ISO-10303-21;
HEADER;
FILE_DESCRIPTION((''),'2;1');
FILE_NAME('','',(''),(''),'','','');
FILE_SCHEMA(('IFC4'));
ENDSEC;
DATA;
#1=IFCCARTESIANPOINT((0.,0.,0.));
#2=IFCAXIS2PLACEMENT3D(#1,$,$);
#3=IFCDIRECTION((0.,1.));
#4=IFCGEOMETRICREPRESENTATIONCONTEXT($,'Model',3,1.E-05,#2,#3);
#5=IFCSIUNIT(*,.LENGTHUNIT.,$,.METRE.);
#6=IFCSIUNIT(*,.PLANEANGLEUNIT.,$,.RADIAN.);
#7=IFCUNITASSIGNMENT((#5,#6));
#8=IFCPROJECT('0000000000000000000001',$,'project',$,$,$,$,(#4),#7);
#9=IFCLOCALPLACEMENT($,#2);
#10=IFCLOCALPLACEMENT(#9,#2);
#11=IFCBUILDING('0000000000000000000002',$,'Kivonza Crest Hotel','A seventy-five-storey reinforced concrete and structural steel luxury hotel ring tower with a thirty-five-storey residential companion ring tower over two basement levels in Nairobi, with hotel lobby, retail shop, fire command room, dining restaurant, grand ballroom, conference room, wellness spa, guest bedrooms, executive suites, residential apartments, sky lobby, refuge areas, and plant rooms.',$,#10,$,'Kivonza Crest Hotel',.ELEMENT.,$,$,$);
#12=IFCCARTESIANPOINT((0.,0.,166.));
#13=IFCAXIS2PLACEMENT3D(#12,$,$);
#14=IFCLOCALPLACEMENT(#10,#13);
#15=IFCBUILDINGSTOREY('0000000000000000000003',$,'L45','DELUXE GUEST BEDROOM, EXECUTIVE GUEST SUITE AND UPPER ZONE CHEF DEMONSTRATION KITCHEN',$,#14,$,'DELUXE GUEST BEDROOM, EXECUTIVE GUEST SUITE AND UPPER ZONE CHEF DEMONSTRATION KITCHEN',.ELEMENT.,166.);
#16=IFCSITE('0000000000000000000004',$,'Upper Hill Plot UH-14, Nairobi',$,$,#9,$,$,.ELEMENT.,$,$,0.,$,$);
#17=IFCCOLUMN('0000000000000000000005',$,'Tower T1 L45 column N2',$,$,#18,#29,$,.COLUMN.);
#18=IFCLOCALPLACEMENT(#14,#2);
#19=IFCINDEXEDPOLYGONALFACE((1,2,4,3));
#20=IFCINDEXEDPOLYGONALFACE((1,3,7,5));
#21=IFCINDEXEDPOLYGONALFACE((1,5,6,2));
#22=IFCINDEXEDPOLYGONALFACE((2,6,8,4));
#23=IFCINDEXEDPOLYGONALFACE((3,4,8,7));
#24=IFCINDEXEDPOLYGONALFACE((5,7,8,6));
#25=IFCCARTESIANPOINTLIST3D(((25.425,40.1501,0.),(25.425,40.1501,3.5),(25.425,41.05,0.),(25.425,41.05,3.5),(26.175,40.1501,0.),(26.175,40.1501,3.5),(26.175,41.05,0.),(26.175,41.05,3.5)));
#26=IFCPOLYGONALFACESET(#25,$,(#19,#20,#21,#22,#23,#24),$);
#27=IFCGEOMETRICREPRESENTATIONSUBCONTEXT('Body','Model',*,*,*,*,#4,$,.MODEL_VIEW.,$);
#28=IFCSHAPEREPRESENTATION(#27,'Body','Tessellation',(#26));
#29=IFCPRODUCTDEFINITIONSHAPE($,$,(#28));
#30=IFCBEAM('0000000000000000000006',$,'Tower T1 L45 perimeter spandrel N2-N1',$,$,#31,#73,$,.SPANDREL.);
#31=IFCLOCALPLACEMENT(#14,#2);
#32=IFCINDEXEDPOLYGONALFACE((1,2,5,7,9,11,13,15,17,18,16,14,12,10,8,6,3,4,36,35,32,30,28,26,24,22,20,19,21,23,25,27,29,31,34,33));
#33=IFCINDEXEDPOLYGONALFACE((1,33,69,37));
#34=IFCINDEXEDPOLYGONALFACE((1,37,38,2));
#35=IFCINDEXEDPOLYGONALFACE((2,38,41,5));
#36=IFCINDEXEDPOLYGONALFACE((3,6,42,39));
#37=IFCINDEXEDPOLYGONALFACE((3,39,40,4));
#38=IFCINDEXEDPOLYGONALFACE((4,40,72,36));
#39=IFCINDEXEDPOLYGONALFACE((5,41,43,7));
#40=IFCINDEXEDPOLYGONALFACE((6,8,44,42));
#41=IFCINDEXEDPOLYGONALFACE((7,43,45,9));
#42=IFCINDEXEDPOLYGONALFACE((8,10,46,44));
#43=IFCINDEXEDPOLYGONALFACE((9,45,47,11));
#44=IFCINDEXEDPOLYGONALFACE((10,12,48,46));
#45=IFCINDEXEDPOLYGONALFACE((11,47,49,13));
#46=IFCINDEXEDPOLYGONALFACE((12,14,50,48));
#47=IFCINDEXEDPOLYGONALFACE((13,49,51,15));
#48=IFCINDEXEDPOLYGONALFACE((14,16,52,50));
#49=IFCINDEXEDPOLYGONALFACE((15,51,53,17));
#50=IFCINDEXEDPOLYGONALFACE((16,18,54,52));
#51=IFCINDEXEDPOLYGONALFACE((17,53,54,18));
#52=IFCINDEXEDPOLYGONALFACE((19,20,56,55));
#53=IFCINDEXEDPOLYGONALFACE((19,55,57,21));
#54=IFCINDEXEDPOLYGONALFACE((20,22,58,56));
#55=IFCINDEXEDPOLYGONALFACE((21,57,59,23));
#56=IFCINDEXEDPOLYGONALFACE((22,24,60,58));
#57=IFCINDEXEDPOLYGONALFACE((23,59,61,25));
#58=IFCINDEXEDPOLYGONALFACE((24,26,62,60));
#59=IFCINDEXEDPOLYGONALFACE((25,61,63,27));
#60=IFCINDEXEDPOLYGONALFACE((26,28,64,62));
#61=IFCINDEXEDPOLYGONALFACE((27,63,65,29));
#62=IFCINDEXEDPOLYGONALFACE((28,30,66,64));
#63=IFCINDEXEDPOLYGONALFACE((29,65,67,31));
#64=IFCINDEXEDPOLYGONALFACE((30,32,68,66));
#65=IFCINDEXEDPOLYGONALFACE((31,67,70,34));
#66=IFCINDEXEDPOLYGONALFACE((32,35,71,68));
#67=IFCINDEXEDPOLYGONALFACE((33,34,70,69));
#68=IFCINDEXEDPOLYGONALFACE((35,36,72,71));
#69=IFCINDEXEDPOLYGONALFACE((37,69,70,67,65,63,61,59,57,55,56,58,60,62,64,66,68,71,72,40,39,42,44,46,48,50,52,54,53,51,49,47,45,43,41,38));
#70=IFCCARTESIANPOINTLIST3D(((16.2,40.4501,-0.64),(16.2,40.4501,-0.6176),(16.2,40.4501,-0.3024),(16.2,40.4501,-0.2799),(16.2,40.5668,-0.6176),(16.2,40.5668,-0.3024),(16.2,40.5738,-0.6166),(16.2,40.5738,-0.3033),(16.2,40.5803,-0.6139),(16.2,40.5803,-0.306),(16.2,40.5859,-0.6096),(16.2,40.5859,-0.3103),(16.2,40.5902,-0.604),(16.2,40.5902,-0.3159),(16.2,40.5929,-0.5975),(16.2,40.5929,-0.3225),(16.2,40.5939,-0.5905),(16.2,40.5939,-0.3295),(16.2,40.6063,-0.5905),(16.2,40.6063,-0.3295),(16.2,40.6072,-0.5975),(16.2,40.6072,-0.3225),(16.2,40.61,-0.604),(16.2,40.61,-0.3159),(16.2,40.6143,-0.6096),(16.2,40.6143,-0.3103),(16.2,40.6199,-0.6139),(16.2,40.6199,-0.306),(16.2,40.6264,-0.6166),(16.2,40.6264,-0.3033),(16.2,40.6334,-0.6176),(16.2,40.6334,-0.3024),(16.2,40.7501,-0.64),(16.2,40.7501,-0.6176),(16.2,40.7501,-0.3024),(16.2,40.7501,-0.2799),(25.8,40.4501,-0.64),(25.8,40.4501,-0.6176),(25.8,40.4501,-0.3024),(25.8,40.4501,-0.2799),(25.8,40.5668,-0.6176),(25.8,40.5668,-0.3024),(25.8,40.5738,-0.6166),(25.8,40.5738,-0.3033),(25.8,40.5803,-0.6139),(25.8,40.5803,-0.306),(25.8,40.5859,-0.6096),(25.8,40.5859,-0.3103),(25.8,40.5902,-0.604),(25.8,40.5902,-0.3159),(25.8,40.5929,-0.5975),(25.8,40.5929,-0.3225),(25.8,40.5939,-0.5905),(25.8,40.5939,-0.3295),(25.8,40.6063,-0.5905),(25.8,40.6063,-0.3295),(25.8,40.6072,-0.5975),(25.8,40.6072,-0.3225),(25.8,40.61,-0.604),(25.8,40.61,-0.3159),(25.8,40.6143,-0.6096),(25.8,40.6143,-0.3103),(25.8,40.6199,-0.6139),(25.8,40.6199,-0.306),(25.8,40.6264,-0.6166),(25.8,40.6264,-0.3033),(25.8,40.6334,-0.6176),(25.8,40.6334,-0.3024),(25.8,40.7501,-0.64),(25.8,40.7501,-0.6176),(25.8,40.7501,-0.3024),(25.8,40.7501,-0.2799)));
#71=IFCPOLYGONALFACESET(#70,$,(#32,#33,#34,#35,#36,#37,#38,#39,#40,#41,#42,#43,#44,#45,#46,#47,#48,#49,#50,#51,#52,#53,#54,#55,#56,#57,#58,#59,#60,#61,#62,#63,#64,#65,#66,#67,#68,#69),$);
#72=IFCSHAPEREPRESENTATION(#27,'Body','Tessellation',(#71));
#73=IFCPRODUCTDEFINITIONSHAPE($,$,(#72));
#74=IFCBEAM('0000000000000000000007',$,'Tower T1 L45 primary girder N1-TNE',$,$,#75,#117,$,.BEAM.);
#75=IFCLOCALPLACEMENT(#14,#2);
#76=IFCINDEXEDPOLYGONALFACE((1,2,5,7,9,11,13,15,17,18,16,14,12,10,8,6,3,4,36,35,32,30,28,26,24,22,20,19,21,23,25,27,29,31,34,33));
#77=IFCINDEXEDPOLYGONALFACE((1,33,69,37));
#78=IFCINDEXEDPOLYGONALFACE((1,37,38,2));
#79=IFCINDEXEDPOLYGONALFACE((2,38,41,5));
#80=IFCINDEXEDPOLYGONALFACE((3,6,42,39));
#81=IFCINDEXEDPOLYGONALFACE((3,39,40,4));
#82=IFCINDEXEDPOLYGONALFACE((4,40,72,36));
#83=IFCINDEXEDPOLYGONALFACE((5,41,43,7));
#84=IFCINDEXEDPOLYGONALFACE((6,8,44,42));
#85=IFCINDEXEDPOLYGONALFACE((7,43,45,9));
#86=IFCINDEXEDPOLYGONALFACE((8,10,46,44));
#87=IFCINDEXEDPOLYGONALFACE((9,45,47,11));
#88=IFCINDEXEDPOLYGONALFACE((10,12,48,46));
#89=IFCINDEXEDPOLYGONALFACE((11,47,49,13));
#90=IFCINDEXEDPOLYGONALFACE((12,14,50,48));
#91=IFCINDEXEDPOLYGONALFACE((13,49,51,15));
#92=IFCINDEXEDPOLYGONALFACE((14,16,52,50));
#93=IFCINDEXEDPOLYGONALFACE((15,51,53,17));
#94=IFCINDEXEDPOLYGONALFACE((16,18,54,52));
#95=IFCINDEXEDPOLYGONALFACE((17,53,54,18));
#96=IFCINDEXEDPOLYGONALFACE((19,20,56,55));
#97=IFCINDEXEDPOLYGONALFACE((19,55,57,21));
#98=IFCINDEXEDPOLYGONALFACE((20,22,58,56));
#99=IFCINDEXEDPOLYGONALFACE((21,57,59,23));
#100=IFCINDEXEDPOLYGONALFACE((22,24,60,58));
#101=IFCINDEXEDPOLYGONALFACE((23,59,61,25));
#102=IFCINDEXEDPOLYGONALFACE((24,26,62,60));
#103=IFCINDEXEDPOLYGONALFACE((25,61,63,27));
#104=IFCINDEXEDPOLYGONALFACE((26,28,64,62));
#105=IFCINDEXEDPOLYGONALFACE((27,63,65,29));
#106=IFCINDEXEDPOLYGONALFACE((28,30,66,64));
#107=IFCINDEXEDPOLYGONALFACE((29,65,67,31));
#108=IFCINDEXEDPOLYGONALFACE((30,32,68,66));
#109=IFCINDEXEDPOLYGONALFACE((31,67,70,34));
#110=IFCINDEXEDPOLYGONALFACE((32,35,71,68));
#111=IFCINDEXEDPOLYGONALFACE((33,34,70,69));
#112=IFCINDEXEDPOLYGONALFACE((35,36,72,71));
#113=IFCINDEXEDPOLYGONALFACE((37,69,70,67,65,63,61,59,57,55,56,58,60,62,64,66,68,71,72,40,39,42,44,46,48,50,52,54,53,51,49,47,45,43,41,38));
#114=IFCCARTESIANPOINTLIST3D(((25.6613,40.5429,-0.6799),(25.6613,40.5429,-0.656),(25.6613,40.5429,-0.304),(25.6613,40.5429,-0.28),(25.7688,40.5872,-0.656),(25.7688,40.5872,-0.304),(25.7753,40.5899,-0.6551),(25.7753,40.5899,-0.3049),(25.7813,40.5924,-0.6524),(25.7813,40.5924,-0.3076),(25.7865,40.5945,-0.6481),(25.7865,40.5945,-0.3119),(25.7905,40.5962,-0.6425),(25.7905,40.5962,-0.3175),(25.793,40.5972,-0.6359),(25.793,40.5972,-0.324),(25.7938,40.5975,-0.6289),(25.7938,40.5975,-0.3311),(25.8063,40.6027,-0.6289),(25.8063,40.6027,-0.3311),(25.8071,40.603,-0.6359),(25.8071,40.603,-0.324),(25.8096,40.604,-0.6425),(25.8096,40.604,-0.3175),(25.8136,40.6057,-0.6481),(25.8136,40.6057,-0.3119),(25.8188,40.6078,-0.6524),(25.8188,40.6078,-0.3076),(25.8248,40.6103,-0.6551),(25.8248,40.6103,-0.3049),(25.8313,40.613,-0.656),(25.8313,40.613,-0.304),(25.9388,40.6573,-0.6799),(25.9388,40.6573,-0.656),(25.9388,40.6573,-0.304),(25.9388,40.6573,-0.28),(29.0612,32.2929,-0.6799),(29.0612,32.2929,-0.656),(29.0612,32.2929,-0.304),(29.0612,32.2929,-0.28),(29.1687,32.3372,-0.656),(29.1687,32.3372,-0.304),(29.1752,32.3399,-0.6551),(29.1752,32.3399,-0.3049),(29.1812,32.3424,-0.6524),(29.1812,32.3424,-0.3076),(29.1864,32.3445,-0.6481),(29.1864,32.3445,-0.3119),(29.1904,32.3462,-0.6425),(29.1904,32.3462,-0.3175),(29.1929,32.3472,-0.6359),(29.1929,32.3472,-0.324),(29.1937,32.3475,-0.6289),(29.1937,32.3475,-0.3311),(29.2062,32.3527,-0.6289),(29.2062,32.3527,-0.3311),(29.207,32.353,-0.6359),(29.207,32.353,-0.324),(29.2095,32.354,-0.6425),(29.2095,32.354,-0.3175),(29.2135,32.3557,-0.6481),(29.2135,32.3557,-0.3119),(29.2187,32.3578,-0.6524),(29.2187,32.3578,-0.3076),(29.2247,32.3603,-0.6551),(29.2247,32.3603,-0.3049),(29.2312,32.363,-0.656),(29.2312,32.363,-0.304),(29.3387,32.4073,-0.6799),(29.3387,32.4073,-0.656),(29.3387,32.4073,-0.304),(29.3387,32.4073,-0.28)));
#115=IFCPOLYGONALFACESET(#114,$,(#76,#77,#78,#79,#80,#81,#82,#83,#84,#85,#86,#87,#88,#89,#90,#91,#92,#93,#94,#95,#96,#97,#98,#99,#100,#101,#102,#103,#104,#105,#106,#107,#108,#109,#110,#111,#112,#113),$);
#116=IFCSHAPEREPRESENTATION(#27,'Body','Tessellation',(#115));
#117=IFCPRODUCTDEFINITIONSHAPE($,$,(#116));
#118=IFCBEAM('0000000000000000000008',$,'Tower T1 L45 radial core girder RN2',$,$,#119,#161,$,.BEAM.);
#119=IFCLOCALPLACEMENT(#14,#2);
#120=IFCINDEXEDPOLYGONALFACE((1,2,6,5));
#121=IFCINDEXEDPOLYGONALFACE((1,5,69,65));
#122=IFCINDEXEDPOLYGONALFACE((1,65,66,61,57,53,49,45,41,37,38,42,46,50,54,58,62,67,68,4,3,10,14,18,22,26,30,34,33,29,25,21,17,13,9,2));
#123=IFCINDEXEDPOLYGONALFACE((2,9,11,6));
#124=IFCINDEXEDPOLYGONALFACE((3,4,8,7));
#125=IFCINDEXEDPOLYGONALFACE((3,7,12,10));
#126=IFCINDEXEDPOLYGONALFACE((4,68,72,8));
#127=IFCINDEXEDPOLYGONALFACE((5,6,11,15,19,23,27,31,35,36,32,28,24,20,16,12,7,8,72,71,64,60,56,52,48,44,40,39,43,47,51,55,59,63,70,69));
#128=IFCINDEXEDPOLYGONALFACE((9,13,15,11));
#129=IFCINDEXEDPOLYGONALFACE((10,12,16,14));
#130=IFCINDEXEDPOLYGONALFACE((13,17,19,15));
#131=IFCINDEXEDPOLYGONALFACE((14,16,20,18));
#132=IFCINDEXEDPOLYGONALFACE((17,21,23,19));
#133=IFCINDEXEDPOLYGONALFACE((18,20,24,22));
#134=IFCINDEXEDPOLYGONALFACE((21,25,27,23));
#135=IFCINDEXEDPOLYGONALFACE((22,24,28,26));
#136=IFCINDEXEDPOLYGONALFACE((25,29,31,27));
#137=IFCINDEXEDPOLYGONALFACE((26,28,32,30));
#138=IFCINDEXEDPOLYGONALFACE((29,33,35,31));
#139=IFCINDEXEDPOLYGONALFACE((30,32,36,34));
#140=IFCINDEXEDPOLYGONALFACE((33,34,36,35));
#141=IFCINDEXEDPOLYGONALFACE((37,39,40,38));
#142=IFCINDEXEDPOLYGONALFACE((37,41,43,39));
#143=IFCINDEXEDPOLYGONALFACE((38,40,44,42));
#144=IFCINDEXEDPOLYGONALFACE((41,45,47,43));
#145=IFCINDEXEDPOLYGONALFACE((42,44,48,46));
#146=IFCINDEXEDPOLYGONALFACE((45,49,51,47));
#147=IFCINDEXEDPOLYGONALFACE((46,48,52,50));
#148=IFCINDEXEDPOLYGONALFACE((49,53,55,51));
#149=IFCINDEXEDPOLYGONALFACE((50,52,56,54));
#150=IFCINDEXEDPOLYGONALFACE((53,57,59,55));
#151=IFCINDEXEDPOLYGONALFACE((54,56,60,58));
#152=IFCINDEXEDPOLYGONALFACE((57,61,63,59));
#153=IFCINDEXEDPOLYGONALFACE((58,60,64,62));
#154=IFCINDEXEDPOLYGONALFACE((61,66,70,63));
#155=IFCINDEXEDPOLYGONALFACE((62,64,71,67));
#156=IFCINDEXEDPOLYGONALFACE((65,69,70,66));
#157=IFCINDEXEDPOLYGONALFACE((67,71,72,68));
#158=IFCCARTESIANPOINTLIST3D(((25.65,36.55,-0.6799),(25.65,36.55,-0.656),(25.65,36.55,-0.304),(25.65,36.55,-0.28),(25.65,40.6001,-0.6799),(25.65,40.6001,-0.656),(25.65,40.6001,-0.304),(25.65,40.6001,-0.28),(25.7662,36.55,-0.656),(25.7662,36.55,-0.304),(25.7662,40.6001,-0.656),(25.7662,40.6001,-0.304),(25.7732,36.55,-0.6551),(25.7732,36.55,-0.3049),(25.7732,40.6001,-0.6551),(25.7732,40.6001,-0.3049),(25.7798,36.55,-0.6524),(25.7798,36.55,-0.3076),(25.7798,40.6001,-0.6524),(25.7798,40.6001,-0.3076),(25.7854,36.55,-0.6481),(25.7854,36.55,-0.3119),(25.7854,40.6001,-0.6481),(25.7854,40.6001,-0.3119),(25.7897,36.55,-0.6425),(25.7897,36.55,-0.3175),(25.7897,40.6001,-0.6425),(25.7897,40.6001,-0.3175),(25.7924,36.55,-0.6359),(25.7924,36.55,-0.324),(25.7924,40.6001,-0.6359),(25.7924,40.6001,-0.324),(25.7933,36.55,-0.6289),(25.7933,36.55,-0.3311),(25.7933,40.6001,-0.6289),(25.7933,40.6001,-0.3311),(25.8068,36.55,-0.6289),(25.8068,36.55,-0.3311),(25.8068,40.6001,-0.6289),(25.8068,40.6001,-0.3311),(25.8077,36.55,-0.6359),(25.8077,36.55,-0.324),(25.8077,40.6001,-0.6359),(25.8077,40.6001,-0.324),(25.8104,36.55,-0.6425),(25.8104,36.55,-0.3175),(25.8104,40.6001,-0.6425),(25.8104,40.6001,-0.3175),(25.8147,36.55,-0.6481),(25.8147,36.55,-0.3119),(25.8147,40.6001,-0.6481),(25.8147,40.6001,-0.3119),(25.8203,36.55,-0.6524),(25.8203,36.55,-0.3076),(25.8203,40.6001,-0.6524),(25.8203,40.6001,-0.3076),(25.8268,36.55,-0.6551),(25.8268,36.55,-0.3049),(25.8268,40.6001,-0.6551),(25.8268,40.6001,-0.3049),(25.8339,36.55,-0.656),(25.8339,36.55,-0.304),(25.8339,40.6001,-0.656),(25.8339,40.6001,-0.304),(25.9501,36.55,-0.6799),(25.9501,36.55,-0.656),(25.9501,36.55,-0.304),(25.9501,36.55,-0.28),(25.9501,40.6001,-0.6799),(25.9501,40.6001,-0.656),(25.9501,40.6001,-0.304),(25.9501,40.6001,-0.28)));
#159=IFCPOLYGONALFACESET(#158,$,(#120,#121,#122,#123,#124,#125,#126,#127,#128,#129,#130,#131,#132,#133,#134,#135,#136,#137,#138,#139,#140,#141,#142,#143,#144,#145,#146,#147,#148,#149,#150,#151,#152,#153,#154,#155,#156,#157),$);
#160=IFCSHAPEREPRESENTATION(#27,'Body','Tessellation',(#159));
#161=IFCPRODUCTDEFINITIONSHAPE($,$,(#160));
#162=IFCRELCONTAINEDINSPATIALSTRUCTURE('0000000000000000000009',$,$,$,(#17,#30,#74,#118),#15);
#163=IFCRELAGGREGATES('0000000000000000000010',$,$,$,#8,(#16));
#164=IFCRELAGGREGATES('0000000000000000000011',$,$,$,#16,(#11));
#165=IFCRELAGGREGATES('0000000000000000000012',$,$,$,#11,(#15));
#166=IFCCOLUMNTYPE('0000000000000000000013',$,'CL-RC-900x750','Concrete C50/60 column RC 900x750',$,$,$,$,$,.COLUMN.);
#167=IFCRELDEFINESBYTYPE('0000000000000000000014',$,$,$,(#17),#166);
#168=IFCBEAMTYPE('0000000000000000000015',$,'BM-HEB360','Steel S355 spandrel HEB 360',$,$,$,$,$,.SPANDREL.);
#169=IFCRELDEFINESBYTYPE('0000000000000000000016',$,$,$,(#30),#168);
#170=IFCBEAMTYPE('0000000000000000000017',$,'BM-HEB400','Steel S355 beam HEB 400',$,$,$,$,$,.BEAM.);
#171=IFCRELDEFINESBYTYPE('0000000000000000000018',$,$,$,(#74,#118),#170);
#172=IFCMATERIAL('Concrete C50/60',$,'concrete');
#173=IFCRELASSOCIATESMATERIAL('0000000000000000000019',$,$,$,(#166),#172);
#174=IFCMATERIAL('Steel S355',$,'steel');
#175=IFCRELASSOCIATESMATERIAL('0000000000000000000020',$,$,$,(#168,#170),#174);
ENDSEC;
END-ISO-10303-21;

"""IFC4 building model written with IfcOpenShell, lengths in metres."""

from ifc_helpers import new_model, si_unit, direction, frame, origin, origin_2d, place, context, subcontext, project, spatial, rectangle, i_section, extrude, material, material_profile, profile_set, type_object, element, save


model = new_model("IFC4")

# Units and contexts
model_context = context("Model", 3, precision=1e-05, world=origin(), true_north=direction((0.0, 1.0)))
body_context = subcontext(model_context, "Body", "Model", "MODEL_VIEW")
ifc_project = project(units=[si_unit("LENGTHUNIT", "METRE"), si_unit("PLANEANGLEUNIT", "RADIAN")], contexts=[model_context])

# Site, building, storey
site_placement = place(None, origin())
site = spatial("IfcSite", under=ifc_project, at=site_placement, Name="Upper Hill Plot UH-14, Nairobi", CompositionType="ELEMENT", RefElevation=0.0)
building_placement = place(site_placement, origin())
building = spatial("IfcBuilding", under=site, at=building_placement, Name="Kivonza Crest Hotel", Description="A seventy-five-storey reinforced concrete and structural steel luxury hotel ring tower with a thirty-five-storey residential companion ring tower over two basement levels in Nairobi, with hotel lobby, retail shop, fire command room, dining restaurant, grand ballroom, conference room, wellness spa, guest bedrooms, executive suites, residential apartments, sky lobby, refuge areas, and plant rooms.", LongName="Kivonza Crest Hotel", CompositionType="ELEMENT")
storey_placement = place(building_placement, frame((0.0, 0.0, 166.0)))
storey = spatial("IfcBuildingStorey", under=building, at=storey_placement, Name="L45", Description="DELUXE GUEST BEDROOM, EXECUTIVE GUEST SUITE AND UPPER ZONE CHEF DEMONSTRATION KITCHEN", LongName="DELUXE GUEST BEDROOM, EXECUTIVE GUEST SUITE AND UPPER ZONE CHEF DEMONSTRATION KITCHEN", CompositionType="ELEMENT", Elevation=166.0)

# Column
ifc_material_1 = material(Name="Concrete C50/60", Category="concrete")
ifc_material_profile_1 = material_profile(ifc_material_1, rectangle(XDim=0.75, YDim=0.8999, at=origin_2d()), Name="RC 900x750")
ifc_profile_set_1 = profile_set([ifc_material_profile_1], Name="Concrete C50/60")
column_type = type_object("IfcColumnType", Name="CL-RC-900x750", Description="Concrete C50/60 column RC 900x750", PredefinedType="COLUMN", material=ifc_profile_set_1)
column_placement = place(storey_placement, frame((25.8, 40.6001, 0.0), z_axis=(0.0, 0.0, 1.0), x_axis=(1.0, 0.0, 0.0)))
element("IfcColumn", 1, at=column_placement, inside=storey, type_object=column_type, Name="Tower T1 L45 column N2", PredefinedType="COLUMN", context=body_context, shape_type="SweptSolid", body=[
    extrude(rectangle(XDim=0.75, YDim=0.8999, at=origin_2d()), origin(), (0.0, 0.0, 1.0), 3.5),
])

# Beams
ifc_material_2 = material(Name="Steel S355", Category="steel")
ifc_material_profile_2 = material_profile(ifc_material_2, i_section(OverallWidth=0.3, OverallDepth=0.3601, WebThickness=0.0125, FlangeThickness=0.0225, FilletRadius=0.0271, at=origin_2d()), Name="HEB 360")
ifc_profile_set_2 = profile_set([ifc_material_profile_2], Name="Steel S355")
beam_type_1 = type_object("IfcBeamType", Name="BM-HEB360", Description="Steel S355 spandrel HEB 360", PredefinedType="SPANDREL", material=ifc_profile_set_2)
beam_1_placement = place(storey_placement, frame((25.8, 40.6001, -0.46), z_axis=(-1.0, 0.0, 0.0), x_axis=(0.0, -1.0, 0.0)))
element("IfcBeam", 2, at=beam_1_placement, inside=storey, type_object=beam_type_1, Name="Tower T1 L45 perimeter spandrel N2-N1", PredefinedType="SPANDREL", context=body_context, shape_type="SweptSolid", body=[
    extrude(i_section(OverallWidth=0.3, OverallDepth=0.3601, WebThickness=0.0125, FlangeThickness=0.0225, FilletRadius=0.0271, at=origin_2d()), origin(), (0.0, 0.0, 1.0), 9.6001),
])
ifc_material_profile_3 = material_profile(ifc_material_2, i_section(OverallWidth=0.3, OverallDepth=0.3999, WebThickness=0.0134, FlangeThickness=0.0239, FilletRadius=0.0271, at=origin_2d()), Name="HEB 400")
ifc_profile_set_3 = profile_set([ifc_material_profile_3], Name="Steel S355")
beam_type_2 = type_object("IfcBeamType", Name="BM-HEB400", Description="Steel S355 beam HEB 400", PredefinedType="BEAM", material=ifc_profile_set_3)
beam_2_placement = place(storey_placement, frame((25.8, 40.6001, -0.48), z_axis=(0.381022, -0.924566, 0.0), x_axis=(0.924566, 0.381022, 0.0)))
element("IfcBeam", 3, at=beam_2_placement, inside=storey, type_object=beam_type_2, Name="Tower T1 L45 primary girder N1-TNE", PredefinedType="BEAM", context=body_context, shape_type="SweptSolid", body=[
    extrude(i_section(OverallWidth=0.3, OverallDepth=0.3999, WebThickness=0.0134, FlangeThickness=0.0239, FilletRadius=0.0271, at=origin_2d()), origin(), (0.0, 0.0, 1.0), 8.9231),
])
beam_3_placement = place(storey_placement, frame((25.8, 40.6001, -0.48), z_axis=(0.0, -1.0, 0.0), x_axis=(1.0, 0.0, 0.0)))
element("IfcBeam", 4, at=beam_3_placement, inside=storey, type_object=beam_type_2, Name="Tower T1 L45 radial core girder RN2", PredefinedType="BEAM", context=body_context, shape_type="SweptSolid", body=[
    extrude(i_section(OverallWidth=0.3, OverallDepth=0.3999, WebThickness=0.0134, FlangeThickness=0.0239, FilletRadius=0.0271, at=origin_2d()), origin(), (0.0, 0.0, 1.0), 4.05),
])

save(model, "model.ifc")
